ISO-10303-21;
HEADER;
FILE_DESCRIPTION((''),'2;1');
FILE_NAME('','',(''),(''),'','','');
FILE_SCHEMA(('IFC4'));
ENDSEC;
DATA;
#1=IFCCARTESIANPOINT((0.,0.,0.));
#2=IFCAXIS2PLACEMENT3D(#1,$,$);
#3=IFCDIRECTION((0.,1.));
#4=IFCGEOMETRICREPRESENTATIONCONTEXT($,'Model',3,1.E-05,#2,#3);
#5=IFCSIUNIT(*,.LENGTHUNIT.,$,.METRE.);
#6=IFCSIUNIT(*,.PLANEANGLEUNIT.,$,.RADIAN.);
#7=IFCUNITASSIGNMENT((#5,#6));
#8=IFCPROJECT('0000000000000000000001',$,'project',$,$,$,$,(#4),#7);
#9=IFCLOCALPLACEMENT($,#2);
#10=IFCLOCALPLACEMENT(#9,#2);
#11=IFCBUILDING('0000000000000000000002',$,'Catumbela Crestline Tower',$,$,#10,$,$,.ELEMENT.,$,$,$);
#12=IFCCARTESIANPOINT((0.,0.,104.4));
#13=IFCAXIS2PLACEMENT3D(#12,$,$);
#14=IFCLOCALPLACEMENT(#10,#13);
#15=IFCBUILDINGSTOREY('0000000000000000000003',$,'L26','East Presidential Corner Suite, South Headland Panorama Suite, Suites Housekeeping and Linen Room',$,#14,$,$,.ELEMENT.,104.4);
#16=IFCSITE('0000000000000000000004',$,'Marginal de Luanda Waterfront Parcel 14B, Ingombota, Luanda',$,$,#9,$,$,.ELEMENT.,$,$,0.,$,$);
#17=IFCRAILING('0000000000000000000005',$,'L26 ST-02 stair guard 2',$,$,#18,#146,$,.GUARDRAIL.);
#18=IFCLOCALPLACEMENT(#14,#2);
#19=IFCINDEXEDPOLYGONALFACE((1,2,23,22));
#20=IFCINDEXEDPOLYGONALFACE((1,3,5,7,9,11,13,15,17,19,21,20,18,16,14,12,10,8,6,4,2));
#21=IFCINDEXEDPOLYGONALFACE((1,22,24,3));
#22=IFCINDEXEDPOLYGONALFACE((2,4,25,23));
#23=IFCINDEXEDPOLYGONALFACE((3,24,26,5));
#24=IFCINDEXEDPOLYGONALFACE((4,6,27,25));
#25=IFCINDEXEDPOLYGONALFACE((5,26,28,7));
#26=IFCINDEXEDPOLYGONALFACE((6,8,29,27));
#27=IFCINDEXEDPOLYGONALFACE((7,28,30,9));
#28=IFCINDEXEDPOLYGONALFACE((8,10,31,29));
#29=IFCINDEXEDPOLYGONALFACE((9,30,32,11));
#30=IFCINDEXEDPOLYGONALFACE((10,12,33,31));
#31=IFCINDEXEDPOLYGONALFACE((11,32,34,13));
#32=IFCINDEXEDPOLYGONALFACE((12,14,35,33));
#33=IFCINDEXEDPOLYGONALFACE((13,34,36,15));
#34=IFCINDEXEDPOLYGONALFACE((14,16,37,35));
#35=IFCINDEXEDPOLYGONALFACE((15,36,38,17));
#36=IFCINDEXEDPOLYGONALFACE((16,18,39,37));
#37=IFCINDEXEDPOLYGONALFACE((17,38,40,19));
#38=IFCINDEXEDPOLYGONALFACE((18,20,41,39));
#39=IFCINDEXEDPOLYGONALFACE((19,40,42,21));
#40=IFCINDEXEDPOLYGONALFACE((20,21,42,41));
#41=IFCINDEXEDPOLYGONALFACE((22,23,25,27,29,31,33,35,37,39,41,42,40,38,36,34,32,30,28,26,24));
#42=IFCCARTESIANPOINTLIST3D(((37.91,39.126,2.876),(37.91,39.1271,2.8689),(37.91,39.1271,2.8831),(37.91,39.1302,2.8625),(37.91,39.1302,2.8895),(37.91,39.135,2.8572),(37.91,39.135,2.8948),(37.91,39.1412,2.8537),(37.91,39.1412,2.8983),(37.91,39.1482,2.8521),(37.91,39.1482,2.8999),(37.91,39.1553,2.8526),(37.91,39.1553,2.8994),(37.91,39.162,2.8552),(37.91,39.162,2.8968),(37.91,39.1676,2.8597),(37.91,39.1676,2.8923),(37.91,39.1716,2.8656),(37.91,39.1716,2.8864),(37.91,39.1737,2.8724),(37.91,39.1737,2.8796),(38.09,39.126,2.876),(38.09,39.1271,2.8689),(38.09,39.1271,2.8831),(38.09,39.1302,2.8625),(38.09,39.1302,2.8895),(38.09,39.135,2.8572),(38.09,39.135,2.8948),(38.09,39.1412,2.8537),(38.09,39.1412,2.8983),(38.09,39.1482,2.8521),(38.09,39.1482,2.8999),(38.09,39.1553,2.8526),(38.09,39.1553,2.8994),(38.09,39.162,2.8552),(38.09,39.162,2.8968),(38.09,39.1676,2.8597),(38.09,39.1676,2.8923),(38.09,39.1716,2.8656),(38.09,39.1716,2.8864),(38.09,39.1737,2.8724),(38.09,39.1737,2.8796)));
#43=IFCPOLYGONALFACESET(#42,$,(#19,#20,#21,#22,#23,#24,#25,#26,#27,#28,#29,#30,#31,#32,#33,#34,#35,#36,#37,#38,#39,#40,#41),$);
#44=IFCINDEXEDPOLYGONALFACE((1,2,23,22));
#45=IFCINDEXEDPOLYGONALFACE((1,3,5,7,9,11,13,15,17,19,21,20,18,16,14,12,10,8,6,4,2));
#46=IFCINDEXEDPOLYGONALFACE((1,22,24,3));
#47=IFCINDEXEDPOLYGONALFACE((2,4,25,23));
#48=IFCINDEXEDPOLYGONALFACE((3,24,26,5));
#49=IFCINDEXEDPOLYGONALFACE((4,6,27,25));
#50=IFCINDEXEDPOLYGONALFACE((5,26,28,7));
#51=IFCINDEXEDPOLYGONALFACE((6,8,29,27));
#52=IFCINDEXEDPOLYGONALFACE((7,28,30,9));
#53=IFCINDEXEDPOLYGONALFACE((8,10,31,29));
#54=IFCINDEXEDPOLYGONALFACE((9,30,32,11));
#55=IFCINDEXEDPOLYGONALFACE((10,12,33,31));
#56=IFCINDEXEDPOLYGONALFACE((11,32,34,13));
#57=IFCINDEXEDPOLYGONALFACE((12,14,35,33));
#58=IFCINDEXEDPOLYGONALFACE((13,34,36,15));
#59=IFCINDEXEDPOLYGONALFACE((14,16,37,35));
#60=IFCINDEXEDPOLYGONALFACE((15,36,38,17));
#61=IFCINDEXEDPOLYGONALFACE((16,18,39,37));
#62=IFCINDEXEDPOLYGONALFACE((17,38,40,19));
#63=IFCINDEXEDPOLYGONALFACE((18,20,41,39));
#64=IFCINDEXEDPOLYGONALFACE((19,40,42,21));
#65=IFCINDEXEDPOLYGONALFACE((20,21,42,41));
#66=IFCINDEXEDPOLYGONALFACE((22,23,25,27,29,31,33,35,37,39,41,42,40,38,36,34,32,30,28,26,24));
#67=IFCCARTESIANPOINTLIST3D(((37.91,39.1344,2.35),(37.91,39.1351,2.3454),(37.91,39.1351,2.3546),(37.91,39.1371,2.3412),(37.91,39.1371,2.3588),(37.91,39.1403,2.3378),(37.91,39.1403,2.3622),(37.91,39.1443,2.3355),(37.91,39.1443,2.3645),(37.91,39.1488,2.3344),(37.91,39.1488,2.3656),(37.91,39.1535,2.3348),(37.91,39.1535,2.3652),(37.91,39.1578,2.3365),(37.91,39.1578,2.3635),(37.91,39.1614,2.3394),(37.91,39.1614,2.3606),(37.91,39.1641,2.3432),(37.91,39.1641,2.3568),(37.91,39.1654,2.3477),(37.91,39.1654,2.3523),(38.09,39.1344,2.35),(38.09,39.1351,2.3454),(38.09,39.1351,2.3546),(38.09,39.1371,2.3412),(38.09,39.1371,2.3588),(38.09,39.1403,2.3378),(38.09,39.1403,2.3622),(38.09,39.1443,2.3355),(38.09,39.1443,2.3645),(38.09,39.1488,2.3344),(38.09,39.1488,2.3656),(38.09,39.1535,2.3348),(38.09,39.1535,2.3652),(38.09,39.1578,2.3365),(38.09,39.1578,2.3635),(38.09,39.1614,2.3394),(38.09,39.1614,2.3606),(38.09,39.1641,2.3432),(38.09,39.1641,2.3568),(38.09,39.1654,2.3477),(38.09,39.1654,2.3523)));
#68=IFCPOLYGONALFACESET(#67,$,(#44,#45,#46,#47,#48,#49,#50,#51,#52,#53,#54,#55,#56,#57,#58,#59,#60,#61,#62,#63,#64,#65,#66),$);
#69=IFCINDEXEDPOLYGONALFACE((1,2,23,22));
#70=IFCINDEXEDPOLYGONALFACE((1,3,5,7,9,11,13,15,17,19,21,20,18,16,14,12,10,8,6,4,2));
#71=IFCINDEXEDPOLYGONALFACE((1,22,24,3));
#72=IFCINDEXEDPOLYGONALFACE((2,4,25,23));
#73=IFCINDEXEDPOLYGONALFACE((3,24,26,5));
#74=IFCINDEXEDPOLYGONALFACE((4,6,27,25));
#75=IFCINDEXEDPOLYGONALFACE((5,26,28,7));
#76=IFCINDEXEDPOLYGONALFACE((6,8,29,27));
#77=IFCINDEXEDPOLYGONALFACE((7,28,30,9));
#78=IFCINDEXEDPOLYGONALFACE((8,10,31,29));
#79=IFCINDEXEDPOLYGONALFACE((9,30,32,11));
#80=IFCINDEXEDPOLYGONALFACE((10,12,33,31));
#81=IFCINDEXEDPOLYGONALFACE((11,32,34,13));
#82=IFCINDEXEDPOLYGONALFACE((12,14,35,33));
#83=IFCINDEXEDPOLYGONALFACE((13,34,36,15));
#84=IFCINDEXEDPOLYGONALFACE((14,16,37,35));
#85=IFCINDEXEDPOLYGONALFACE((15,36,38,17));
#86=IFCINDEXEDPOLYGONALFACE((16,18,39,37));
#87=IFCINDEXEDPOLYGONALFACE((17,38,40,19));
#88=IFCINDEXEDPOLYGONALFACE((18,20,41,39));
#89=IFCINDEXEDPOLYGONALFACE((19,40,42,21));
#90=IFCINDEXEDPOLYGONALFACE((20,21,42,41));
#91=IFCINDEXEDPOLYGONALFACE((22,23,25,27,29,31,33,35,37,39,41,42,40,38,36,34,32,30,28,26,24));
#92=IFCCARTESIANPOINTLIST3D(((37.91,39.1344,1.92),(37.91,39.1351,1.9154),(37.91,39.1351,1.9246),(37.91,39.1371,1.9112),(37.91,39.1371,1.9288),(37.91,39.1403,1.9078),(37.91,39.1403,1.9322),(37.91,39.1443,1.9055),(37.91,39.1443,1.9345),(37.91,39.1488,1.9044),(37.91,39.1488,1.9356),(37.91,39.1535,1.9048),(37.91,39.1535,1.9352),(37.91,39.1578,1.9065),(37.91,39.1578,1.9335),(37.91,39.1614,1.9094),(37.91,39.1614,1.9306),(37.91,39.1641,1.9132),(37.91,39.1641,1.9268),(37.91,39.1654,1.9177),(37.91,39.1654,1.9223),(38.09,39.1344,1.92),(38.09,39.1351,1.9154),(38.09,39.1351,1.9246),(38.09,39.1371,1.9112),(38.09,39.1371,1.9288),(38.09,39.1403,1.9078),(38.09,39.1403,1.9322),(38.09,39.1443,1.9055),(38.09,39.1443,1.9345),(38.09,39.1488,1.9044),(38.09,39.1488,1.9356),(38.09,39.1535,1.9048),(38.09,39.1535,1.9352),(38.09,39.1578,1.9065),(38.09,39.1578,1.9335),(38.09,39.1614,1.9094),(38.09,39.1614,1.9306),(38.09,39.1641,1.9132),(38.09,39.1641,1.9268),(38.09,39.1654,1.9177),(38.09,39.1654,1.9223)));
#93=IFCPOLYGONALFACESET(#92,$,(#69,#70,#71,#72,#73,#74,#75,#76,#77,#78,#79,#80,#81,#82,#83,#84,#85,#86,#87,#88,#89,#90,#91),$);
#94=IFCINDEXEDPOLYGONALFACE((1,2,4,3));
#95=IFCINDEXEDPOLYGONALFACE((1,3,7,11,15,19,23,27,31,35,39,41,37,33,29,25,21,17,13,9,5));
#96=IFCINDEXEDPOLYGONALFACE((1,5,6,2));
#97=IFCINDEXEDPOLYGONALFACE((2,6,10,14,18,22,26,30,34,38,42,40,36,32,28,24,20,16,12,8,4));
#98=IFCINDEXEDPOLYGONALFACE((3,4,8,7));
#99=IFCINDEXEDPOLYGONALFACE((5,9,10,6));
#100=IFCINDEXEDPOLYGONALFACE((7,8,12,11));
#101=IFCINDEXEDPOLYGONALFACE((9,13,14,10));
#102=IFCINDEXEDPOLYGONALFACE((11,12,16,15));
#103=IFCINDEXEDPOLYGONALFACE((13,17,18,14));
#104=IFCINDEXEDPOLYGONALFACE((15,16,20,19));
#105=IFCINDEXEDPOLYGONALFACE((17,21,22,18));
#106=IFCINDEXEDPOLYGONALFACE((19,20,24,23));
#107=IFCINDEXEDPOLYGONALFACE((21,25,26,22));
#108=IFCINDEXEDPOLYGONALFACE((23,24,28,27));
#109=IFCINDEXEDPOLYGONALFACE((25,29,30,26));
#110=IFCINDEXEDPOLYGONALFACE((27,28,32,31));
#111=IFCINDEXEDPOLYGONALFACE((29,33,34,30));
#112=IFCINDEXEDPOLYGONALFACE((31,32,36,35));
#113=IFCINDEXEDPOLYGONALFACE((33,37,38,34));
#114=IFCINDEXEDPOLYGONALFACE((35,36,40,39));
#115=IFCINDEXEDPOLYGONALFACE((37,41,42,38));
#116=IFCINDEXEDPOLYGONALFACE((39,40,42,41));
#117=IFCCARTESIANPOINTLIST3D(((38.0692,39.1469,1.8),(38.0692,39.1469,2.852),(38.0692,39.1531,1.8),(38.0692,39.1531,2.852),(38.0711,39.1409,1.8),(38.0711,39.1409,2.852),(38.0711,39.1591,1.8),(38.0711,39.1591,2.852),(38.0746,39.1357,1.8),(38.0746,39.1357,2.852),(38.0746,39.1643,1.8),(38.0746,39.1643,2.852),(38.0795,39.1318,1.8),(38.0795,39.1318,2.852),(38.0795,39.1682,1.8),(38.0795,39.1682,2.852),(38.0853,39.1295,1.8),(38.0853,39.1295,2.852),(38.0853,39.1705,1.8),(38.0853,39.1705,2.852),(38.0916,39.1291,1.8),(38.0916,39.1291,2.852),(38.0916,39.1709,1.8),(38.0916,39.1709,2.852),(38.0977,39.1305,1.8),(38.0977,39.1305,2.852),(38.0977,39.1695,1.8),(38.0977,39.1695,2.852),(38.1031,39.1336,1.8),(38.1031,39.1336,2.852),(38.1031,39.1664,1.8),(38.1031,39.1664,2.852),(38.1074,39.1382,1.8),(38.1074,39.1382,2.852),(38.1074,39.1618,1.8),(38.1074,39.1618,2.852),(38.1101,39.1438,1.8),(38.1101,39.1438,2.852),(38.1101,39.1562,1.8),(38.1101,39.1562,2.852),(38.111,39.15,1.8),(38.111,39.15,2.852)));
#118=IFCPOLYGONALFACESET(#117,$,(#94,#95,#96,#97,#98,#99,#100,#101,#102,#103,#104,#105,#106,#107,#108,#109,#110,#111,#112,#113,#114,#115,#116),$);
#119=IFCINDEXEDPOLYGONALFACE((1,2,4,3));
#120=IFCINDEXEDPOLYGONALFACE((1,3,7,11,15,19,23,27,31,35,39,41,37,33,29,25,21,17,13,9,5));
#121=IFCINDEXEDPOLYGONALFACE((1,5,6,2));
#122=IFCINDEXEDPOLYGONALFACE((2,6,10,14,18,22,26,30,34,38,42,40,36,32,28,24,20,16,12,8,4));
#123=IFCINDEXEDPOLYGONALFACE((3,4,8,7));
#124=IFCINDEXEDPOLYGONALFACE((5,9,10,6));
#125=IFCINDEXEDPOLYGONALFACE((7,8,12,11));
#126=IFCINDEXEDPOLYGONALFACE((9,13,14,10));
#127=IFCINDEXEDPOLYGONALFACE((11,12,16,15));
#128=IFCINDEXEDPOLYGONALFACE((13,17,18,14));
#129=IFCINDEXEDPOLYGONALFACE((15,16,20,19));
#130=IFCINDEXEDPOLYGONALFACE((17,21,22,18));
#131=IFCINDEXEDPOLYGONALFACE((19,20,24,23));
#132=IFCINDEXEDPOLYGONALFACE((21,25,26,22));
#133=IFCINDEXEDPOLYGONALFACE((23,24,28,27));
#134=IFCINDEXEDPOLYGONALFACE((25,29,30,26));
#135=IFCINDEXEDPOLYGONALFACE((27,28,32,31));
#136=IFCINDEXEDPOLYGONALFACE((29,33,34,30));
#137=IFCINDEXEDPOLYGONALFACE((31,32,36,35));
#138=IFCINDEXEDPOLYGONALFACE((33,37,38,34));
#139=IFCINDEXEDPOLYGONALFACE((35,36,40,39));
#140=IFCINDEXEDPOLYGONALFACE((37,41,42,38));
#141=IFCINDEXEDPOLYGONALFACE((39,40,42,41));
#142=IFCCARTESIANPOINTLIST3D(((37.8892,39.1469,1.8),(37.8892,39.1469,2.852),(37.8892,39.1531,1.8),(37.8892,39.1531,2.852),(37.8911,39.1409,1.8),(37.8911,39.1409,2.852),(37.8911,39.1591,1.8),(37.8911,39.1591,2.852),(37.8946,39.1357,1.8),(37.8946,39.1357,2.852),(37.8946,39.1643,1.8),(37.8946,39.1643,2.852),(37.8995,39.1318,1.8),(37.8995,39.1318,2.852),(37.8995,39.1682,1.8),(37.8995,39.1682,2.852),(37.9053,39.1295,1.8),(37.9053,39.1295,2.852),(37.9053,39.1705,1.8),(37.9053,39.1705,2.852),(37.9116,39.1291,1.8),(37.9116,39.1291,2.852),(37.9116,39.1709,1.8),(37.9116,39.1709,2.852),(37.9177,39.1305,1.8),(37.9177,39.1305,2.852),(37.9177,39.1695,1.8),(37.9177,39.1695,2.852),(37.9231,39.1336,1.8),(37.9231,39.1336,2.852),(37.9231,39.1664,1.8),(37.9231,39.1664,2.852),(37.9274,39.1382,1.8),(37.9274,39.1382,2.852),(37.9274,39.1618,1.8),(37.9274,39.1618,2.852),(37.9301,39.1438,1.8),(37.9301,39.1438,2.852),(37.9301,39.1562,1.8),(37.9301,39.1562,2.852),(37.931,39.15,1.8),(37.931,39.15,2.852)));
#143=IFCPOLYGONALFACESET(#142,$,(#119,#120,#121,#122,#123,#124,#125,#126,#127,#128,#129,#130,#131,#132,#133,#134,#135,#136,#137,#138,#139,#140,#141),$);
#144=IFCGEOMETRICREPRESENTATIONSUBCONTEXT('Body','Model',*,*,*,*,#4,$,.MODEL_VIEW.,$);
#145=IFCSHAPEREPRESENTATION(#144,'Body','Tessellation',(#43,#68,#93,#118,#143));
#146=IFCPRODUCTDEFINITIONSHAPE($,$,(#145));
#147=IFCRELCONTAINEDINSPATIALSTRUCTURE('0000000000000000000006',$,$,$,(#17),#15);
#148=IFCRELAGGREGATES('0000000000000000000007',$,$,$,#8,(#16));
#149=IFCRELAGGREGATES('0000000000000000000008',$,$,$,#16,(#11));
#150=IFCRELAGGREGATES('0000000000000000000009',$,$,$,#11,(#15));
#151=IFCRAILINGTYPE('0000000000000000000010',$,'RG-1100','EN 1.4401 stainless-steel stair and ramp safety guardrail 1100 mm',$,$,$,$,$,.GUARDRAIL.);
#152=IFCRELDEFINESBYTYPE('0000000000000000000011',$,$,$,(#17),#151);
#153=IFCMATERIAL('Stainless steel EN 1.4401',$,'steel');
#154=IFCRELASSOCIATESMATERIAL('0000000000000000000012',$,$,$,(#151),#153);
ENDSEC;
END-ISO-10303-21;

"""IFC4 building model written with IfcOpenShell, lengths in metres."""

from ifc_helpers import new_model, si_unit, direction, frame, origin, origin_2d, place, context, subcontext, project, spatial, circle, extrude, material, type_object, element, save


model = new_model("IFC4")

# Units and contexts
model_context = context("Model", 3, precision=1e-05, world=origin(), true_north=direction((0.0, 1.0)))
body_context = subcontext(model_context, "Body", "Model", "MODEL_VIEW")
ifc_project = project(units=[si_unit("LENGTHUNIT", "METRE"), si_unit("PLANEANGLEUNIT", "RADIAN")], contexts=[model_context])

# Site, building, storey
site_placement = place(None, origin())
site = spatial("IfcSite", under=ifc_project, at=site_placement, Name="Marginal de Luanda Waterfront Parcel 14B, Ingombota, Luanda", CompositionType="ELEMENT", RefElevation=0.0)
building_placement = place(site_placement, origin())
building = spatial("IfcBuilding", under=site, at=building_placement, Name="Catumbela Crestline Tower", CompositionType="ELEMENT")
storey_placement = place(building_placement, frame((0.0, 0.0, 104.4)))
storey = spatial("IfcBuildingStorey", under=building, at=storey_placement, Name="L26", Description="East Presidential Corner Suite, South Headland Panorama Suite, Suites Housekeeping and Linen Room", CompositionType="ELEMENT", Elevation=104.4)

# Shared definitions
ifc_material_1 = material(Name="Stainless steel EN 1.4401", Category="steel")

# Railing
railing_type_1 = type_object("IfcRailingType", Name="RG-1100", Description="EN 1.4401 stainless-steel stair and ramp safety guardrail 1100 mm", PredefinedType="GUARDRAIL", material=ifc_material_1)
railing_1_placement = place(storey_placement, frame((38.09, 39.15, 1.8)))
element("IfcRailing", 1, at=railing_1_placement, inside=storey, type_object=railing_type_1, Name="L26 ST-02 stair guard 2", PredefinedType="GUARDRAIL", context=body_context, shape_type="SweptSolid", body=[
    extrude(circle(Radius=0.024, at=origin_2d()), frame((0.0, 0.0, 1.076), z_axis=(-1.0, 0.0, 0.0), x_axis=(0.0, -1.0, 0.0)), (0.0, 0.0, 1.0), 0.18),
    extrude(circle(Radius=0.0156, at=origin_2d()), frame((0.0, 0.0, 0.55), z_axis=(-1.0, 0.0, 0.0), x_axis=(0.0, -1.0, 0.0)), (0.0, 0.0, 1.0), 0.18),
    extrude(circle(Radius=0.0156, at=origin_2d()), frame((0.0, 0.0, 0.12), z_axis=(-1.0, 0.0, 0.0), x_axis=(0.0, -1.0, 0.0)), (0.0, 0.0, 1.0), 0.18),
    extrude(circle(Radius=0.021, at=origin_2d()), origin(), (0.0, 0.0, 1.0), 1.052),
    extrude(circle(Radius=0.021, at=origin_2d()), frame((-0.18, 0.0, 0.0)), (0.0, 0.0, 1.0), 1.052),
])

save(model, "model.ifc")
